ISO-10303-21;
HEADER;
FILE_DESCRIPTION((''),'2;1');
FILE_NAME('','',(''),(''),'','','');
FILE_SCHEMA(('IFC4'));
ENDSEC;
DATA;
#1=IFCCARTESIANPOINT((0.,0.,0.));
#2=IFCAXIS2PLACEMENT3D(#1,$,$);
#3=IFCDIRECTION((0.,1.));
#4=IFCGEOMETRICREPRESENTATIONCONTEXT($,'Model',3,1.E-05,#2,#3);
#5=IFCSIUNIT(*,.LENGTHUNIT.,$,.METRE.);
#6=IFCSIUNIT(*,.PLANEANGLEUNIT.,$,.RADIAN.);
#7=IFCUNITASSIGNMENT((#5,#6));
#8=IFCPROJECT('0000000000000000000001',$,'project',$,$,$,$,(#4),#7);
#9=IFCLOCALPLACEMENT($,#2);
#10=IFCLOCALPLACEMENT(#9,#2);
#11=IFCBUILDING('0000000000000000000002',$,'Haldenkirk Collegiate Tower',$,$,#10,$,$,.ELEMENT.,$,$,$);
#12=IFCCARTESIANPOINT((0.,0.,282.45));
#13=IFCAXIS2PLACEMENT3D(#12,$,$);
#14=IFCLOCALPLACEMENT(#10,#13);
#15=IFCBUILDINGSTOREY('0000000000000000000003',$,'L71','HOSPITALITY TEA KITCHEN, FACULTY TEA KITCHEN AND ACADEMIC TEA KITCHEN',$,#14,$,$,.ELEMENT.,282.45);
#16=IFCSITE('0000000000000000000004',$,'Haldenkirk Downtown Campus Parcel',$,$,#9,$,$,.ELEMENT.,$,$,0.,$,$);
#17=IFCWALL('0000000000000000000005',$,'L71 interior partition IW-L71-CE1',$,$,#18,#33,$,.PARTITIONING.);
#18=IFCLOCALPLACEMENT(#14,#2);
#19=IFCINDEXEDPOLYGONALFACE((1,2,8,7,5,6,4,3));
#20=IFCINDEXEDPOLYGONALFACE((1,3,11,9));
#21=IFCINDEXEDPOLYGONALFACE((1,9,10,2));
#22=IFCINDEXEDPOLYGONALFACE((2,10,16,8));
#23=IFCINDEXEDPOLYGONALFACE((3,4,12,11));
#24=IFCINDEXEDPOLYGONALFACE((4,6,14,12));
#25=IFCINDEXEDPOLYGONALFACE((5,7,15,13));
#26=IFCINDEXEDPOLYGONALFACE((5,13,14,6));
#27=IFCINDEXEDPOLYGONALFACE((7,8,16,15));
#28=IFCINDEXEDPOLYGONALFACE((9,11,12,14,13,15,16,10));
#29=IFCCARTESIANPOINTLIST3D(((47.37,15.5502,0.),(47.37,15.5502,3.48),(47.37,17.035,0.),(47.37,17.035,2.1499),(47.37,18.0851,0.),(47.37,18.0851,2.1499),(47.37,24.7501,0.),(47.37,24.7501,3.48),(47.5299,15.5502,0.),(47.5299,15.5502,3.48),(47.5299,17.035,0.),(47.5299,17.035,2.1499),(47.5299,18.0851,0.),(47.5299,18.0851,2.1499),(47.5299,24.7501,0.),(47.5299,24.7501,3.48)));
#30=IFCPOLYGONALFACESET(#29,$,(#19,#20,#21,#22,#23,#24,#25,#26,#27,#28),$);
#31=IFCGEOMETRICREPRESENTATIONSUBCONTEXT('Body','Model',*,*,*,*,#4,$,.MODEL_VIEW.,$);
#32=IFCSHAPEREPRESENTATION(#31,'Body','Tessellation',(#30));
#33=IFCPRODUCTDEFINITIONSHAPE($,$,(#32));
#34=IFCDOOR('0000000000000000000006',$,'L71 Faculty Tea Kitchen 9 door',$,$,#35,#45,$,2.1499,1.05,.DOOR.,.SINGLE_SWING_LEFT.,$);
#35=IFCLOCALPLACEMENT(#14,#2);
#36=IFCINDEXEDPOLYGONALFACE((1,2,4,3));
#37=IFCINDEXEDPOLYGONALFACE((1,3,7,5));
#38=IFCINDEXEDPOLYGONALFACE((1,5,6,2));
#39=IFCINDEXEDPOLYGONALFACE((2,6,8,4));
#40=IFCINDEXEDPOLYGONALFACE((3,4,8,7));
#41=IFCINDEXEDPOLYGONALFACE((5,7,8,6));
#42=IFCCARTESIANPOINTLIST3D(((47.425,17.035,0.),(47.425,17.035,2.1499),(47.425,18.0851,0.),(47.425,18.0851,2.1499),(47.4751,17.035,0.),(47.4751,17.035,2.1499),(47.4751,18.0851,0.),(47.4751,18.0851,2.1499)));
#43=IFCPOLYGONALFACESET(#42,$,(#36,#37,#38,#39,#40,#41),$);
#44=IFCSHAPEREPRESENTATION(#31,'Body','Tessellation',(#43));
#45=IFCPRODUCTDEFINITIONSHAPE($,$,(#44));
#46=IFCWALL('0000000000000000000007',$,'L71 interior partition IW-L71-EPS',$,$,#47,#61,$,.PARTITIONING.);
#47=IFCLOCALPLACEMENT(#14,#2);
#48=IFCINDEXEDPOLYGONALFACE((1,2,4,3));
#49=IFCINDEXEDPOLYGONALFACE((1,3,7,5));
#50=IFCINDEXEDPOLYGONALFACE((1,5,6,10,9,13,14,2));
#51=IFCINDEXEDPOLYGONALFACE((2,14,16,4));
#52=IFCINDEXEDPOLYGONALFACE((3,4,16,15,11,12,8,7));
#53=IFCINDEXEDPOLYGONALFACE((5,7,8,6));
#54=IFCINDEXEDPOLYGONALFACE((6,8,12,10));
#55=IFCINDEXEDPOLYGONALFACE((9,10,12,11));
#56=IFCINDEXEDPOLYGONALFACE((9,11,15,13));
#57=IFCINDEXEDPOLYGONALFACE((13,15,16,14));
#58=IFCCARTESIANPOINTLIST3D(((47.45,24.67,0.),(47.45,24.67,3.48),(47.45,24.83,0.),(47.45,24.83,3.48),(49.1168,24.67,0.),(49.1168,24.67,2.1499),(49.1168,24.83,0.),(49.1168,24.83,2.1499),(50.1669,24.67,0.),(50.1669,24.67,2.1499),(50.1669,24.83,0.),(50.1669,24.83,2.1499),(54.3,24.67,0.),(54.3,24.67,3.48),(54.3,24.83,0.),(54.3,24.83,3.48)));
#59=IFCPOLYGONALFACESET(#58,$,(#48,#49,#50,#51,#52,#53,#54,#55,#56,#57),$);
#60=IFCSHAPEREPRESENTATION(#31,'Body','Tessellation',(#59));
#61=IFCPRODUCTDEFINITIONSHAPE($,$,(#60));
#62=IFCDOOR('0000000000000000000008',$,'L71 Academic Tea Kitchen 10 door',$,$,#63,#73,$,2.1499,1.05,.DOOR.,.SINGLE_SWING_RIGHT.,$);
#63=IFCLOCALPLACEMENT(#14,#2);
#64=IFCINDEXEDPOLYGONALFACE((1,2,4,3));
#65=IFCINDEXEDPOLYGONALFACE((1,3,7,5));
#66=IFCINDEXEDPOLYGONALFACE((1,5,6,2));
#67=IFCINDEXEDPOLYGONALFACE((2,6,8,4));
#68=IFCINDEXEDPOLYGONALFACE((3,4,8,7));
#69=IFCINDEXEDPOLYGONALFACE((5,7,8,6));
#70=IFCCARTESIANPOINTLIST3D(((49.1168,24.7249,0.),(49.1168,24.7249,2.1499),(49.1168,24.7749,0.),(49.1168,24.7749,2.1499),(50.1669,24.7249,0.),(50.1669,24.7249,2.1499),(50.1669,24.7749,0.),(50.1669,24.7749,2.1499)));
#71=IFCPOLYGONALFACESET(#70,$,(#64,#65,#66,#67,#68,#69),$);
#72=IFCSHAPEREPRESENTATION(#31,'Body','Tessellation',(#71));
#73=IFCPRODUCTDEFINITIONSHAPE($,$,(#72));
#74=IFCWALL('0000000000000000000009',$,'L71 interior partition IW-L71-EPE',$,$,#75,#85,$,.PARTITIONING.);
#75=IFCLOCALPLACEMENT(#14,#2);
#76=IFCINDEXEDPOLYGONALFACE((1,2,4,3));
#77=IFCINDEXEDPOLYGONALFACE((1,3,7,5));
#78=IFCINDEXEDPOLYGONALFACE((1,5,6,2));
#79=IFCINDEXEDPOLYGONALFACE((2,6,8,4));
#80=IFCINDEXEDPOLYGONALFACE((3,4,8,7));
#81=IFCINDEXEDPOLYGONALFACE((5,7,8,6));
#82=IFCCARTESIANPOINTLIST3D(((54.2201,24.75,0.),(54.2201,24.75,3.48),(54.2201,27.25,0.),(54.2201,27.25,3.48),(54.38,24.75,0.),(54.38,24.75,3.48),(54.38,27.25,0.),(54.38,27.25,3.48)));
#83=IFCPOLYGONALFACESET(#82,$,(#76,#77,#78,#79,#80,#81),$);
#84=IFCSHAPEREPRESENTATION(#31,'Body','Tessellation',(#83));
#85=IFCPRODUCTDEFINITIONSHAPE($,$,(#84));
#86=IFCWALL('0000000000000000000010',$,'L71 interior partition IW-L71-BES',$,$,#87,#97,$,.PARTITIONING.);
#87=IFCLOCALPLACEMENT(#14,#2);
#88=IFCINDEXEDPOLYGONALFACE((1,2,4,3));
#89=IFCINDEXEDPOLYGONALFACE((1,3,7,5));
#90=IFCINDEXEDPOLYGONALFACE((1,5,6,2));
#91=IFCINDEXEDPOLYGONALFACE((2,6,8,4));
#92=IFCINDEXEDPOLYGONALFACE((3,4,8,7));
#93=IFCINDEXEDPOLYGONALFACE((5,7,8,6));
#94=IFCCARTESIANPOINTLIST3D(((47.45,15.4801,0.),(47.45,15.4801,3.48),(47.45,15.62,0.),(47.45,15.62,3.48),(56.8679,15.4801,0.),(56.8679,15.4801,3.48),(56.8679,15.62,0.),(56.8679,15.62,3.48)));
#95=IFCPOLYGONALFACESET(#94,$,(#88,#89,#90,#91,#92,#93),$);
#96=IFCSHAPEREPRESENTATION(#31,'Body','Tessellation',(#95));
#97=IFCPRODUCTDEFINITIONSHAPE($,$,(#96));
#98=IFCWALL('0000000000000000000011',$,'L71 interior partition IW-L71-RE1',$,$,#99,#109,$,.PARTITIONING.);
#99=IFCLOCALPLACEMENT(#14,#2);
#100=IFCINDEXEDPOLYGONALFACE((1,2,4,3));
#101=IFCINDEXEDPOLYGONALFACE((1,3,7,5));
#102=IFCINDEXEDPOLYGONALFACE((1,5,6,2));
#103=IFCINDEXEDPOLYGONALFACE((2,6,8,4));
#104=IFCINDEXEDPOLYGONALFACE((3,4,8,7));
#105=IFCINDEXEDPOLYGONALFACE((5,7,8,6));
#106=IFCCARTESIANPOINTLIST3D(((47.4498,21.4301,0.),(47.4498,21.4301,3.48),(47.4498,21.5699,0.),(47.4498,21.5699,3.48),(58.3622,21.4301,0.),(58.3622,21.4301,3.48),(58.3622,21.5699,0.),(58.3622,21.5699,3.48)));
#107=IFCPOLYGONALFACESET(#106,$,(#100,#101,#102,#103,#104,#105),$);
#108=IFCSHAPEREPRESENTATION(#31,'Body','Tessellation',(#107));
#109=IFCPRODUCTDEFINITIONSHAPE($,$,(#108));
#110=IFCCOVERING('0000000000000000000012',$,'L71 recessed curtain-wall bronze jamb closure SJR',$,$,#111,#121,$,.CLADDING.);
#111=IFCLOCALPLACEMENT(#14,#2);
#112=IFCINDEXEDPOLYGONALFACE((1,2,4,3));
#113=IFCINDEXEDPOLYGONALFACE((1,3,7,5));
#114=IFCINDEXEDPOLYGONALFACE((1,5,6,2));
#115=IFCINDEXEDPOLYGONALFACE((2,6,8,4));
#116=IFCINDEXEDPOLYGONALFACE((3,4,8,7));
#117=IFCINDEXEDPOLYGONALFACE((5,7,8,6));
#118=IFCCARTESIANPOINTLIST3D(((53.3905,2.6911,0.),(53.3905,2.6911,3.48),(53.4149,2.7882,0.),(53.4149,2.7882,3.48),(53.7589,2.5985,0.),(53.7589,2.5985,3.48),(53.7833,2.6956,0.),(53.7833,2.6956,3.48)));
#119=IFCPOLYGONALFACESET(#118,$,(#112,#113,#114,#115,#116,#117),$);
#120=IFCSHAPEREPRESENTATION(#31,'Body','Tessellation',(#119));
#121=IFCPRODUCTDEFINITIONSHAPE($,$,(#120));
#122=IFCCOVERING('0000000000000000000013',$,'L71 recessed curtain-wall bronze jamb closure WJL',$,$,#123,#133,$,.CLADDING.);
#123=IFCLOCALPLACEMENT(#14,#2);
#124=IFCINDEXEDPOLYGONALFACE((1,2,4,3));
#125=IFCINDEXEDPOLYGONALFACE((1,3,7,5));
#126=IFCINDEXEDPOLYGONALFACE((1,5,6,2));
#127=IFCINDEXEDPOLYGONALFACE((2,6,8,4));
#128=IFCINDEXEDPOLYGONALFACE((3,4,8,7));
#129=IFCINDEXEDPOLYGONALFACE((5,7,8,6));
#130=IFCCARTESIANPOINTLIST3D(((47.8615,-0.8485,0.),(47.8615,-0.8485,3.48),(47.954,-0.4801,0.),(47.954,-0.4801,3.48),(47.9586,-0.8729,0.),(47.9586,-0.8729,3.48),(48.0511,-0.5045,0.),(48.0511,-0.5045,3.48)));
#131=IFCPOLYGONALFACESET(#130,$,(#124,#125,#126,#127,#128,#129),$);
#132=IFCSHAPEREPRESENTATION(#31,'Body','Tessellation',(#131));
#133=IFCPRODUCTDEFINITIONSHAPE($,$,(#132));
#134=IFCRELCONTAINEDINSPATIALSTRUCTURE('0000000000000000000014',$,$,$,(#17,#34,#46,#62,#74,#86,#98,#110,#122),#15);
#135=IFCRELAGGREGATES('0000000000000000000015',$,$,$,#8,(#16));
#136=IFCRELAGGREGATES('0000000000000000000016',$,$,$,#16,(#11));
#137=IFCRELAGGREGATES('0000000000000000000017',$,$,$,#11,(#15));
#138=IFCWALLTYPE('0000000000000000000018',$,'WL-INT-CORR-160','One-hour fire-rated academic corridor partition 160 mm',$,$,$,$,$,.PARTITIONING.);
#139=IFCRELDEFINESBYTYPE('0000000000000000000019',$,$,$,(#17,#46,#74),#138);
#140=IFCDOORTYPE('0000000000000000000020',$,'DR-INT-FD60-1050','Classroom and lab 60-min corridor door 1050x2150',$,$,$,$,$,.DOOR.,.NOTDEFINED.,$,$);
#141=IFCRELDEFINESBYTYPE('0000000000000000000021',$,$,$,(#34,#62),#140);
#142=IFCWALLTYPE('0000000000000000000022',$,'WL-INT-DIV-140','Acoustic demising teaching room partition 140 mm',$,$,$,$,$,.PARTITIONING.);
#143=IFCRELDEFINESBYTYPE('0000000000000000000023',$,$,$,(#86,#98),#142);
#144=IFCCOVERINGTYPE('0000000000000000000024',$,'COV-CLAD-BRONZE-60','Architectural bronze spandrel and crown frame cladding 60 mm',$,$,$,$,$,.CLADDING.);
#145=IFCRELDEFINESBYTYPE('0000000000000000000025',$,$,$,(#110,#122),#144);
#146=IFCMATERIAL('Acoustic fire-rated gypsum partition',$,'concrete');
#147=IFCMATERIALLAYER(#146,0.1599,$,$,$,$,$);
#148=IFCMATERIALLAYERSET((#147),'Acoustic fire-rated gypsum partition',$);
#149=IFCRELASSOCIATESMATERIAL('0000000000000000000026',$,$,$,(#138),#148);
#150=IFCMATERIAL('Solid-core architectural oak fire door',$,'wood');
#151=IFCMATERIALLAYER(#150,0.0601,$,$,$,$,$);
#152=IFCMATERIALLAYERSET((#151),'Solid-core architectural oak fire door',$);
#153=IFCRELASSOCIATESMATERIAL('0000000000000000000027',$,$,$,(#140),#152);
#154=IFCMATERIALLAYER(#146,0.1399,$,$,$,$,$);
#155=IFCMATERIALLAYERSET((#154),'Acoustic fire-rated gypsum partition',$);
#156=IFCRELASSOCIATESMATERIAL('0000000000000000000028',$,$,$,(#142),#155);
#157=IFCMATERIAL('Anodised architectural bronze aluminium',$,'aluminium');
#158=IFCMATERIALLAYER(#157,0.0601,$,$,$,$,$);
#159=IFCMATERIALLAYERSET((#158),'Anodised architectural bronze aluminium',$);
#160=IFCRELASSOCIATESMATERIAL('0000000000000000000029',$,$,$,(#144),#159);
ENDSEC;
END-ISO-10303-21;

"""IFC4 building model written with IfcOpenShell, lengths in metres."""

from ifc_helpers import new_model, si_unit, direction, frame, frame_2d, origin, origin_2d, place, context, subcontext, project, spatial, rectangle, extrude, source, transform, mapped, material, layer, layer_set, type_object, element, fill, save


model = new_model("IFC4")

# Units and contexts
model_context = context("Model", 3, precision=1e-05, world=origin(), true_north=direction((0.0, 1.0)))
body_context = subcontext(model_context, "Body", "Model", "MODEL_VIEW")
ifc_project = project(units=[si_unit("LENGTHUNIT", "METRE"), si_unit("PLANEANGLEUNIT", "RADIAN")], contexts=[model_context])

# Site, building, storey
site_placement = place(None, origin())
site = spatial("IfcSite", under=ifc_project, at=site_placement, Name="Haldenkirk Downtown Campus Parcel", CompositionType="ELEMENT", RefElevation=0.0)
building_placement = place(site_placement, origin())
building = spatial("IfcBuilding", under=site, at=building_placement, Name="Haldenkirk Collegiate Tower", CompositionType="ELEMENT")
storey_placement = place(building_placement, frame((0.0, 0.0, 282.45)))
storey = spatial("IfcBuildingStorey", under=building, at=storey_placement, Name="L71", Description="HOSPITALITY TEA KITCHEN, FACULTY TEA KITCHEN AND ACADEMIC TEA KITCHEN", CompositionType="ELEMENT", Elevation=282.45)

# Shared definitions
ifc_material_1 = material(Name="Anodised architectural bronze aluminium", Category="aluminium")

# Walls, openings, doors
ifc_material_2 = material(Name="Acoustic fire-rated gypsum partition", Category="concrete")
ifc_layer_1 = layer(ifc_material_2, 0.1599)
ifc_layer_set_1 = layer_set([ifc_layer_1], Name="Acoustic fire-rated gypsum partition")
wall_type_1 = type_object("IfcWallType", Name="WL-INT-CORR-160", Description="One-hour fire-rated academic corridor partition 160 mm", PredefinedType="PARTITIONING", material=ifc_layer_set_1)
wall_1_placement = place(storey_placement, frame((47.45, 15.55, 0.0), z_axis=(0.0, 0.0, 1.0), x_axis=(0.0, 1.0, 0.0)))
wall_1 = element("IfcWall", 1, at=wall_1_placement, inside=storey, type_object=wall_type_1, Name="L71 interior partition IW-L71-CE1", PredefinedType="PARTITIONING", context=body_context, shape_type="SweptSolid", body=[
    extrude(rectangle(XDim=9.2, YDim=0.1599, at=frame_2d((4.6001, 0.0))), origin(), (0.0, 0.0, 1.0), 3.48),
])
opening_1_placement = place(wall_1_placement, frame((1.4851, 0.0, 0.0)))
opening_1 = element("IfcOpeningElement", 2, at=opening_1_placement, cuts=wall_1, PredefinedType="OPENING", context=body_context, shape_type="SweptSolid", body=[
    extrude(rectangle(XDim=1.05, YDim=2.1499, at=frame_2d((0.5249, 1.075))), frame((0.0, 0.0898, 0.0), z_axis=(0.0, -1.0, 0.0), x_axis=(1.0, 0.0, 0.0)), (0.0, 0.0, 1.0), 0.1799),
])
ifc_material_3 = material(Name="Solid-core architectural oak fire door", Category="wood")
ifc_layer_2 = layer(ifc_material_3, 0.0601)
ifc_layer_set_2 = layer_set([ifc_layer_2], Name="Solid-core architectural oak fire door")
door_type_1 = type_object("IfcDoorType", Name="DR-INT-FD60-1050", Description="Classroom and lab 60-min corridor door 1050x2150", OperationType="NOTDEFINED", PredefinedType="DOOR", material=ifc_layer_set_2)
door_1_placement = place(opening_1_placement, origin())
door_1 = element("IfcDoor", 3, at=door_1_placement, inside=storey, type_object=door_type_1, Name="L71 Faculty Tea Kitchen 9 door", OperationType="SINGLE_SWING_LEFT", OverallHeight=2.1499, OverallWidth=1.05, PredefinedType="DOOR", context=body_context, shape_type="SweptSolid", body=[
    extrude(rectangle(XDim=1.05, YDim=2.1499, at=frame_2d((0.5249, 1.075))), frame((0.0, 0.0249, 0.0), z_axis=(0.0, -1.0, 0.0), x_axis=(1.0, 0.0, 0.0)), (0.0, 0.0, 1.0), 0.05),
])
fill(opening_1, door_1)
wall_2_placement = place(storey_placement, frame((47.45, 24.75, 0.0), z_axis=(0.0, 0.0, 1.0), x_axis=(1.0, 0.0, 0.0)))
wall_2 = element("IfcWall", 4, at=wall_2_placement, inside=storey, type_object=wall_type_1, Name="L71 interior partition IW-L71-EPS", PredefinedType="PARTITIONING", context=body_context, shape_type="SweptSolid", body=[
    extrude(rectangle(XDim=6.8501, YDim=0.1599, at=frame_2d((3.425, 0.0))), origin(), (0.0, 0.0, 1.0), 3.48),
])
opening_2_placement = place(wall_2_placement, frame((1.667, 0.0, 0.0)))
opening_2 = element("IfcOpeningElement", 5, at=opening_2_placement, cuts=wall_2, PredefinedType="OPENING", context=body_context, shape_type="SweptSolid", body=[
    extrude(rectangle(XDim=1.05, YDim=2.1499, at=frame_2d((0.5249, 1.075))), frame((0.0, 0.0898, 0.0), z_axis=(0.0, -1.0, 0.0), x_axis=(1.0, 0.0, 0.0)), (0.0, 0.0, 1.0), 0.1799),
])
door_2_placement = place(opening_2_placement, origin())
door_2 = element("IfcDoor", 6, at=door_2_placement, inside=storey, type_object=door_type_1, Name="L71 Academic Tea Kitchen 10 door", OperationType="SINGLE_SWING_RIGHT", OverallHeight=2.1499, OverallWidth=1.05, PredefinedType="DOOR", context=body_context, shape_type="SweptSolid", body=[
    extrude(rectangle(XDim=1.05, YDim=2.1499, at=frame_2d((0.5249, 1.075))), frame((0.0, 0.0249, 0.0), z_axis=(0.0, -1.0, 0.0), x_axis=(1.0, 0.0, 0.0)), (0.0, 0.0, 1.0), 0.05),
])
fill(opening_2, door_2)

# Walls
wall_3_placement = place(storey_placement, frame((54.3, 24.75, 0.0), z_axis=(0.0, 0.0, 1.0), x_axis=(0.0, 1.0, 0.0)))
element("IfcWall", 7, at=wall_3_placement, inside=storey, type_object=wall_type_1, Name="L71 interior partition IW-L71-EPE", PredefinedType="PARTITIONING", context=body_context, shape_type="SweptSolid", body=[
    extrude(rectangle(XDim=2.5, YDim=0.1599, at=frame_2d((1.25, 0.0))), origin(), (0.0, 0.0, 1.0), 3.48),
])
ifc_layer_3 = layer(ifc_material_2, 0.1399)
ifc_layer_set_3 = layer_set([ifc_layer_3], Name="Acoustic fire-rated gypsum partition")
wall_type_2 = type_object("IfcWallType", Name="WL-INT-DIV-140", Description="Acoustic demising teaching room partition 140 mm", PredefinedType="PARTITIONING", material=ifc_layer_set_3)
wall_4_placement = place(storey_placement, frame((47.45, 15.55, 0.0), z_axis=(0.0, 0.0, 1.0), x_axis=(1.0, 0.0, 0.0)))
element("IfcWall", 8, at=wall_4_placement, inside=storey, type_object=wall_type_2, Name="L71 interior partition IW-L71-BES", PredefinedType="PARTITIONING", context=body_context, shape_type="SweptSolid", body=[
    extrude(rectangle(XDim=9.418, YDim=0.1399, at=frame_2d((4.709, 0.0))), origin(), (0.0, 0.0, 1.0), 3.48),
])
wall_5_placement = place(storey_placement, frame((47.45, 21.5, 0.0), z_axis=(0.0, 0.0, 1.0), x_axis=(1.0, 0.0, 0.0)))
element("IfcWall", 9, at=wall_5_placement, inside=storey, type_object=wall_type_2, Name="L71 interior partition IW-L71-RE1", PredefinedType="PARTITIONING", context=body_context, shape_type="SweptSolid", body=[
    extrude(rectangle(XDim=10.9124, YDim=0.1399, at=frame_2d((5.4561, 0.0))), origin(), (0.0, 0.0, 1.0), 3.48),
])

# Coverings
ifc_layer_4 = layer(ifc_material_1, 0.0601)
ifc_layer_set_4 = layer_set([ifc_layer_4], Name="Anodised architectural bronze aluminium")
covering_type = type_object("IfcCoveringType", Name="COV-CLAD-BRONZE-60", Description="Architectural bronze spandrel and crown frame cladding 60 mm", PredefinedType="CLADDING", material=ifc_layer_set_4)
shared_shape_1 = source(origin(), body_context, "Body", "SweptSolid", [
    extrude(rectangle(XDim=0.1001, YDim=0.3799, at=origin_2d()), origin(), (0.0, 0.0, 1.0), 3.48),
])
for number, where, z_axis, x_axis, name in (
    (10, (53.5869, 2.6934, 0.0), (0.0, 0.0, 1.0), (-0.243615, -0.969872, 0.0), "L71 recessed curtain-wall bronze jamb closure SJR"),
    (11, (47.9563, -0.6765, 0.0), (0.0, 0.0, 1.0), (-0.969872, 0.243615, 0.0), "L71 recessed curtain-wall bronze jamb closure WJL"),
):
    element("IfcCovering", number, at=place(storey_placement, frame(where, z_axis=z_axis, x_axis=x_axis)), inside=storey, type_object=covering_type, Name=name, PredefinedType="CLADDING", context=body_context, shape_type="MappedRepresentation", body=[
        mapped(shared_shape_1, transform((0.0, 0.0, 0.0), x_axis=(1.0, 0.0, 0.0), y_axis=(0.0, 1.0, 0.0), z_axis=(0.0, 0.0, 1.0), scale=1.0)),
    ])

save(model, "model.ifc")
